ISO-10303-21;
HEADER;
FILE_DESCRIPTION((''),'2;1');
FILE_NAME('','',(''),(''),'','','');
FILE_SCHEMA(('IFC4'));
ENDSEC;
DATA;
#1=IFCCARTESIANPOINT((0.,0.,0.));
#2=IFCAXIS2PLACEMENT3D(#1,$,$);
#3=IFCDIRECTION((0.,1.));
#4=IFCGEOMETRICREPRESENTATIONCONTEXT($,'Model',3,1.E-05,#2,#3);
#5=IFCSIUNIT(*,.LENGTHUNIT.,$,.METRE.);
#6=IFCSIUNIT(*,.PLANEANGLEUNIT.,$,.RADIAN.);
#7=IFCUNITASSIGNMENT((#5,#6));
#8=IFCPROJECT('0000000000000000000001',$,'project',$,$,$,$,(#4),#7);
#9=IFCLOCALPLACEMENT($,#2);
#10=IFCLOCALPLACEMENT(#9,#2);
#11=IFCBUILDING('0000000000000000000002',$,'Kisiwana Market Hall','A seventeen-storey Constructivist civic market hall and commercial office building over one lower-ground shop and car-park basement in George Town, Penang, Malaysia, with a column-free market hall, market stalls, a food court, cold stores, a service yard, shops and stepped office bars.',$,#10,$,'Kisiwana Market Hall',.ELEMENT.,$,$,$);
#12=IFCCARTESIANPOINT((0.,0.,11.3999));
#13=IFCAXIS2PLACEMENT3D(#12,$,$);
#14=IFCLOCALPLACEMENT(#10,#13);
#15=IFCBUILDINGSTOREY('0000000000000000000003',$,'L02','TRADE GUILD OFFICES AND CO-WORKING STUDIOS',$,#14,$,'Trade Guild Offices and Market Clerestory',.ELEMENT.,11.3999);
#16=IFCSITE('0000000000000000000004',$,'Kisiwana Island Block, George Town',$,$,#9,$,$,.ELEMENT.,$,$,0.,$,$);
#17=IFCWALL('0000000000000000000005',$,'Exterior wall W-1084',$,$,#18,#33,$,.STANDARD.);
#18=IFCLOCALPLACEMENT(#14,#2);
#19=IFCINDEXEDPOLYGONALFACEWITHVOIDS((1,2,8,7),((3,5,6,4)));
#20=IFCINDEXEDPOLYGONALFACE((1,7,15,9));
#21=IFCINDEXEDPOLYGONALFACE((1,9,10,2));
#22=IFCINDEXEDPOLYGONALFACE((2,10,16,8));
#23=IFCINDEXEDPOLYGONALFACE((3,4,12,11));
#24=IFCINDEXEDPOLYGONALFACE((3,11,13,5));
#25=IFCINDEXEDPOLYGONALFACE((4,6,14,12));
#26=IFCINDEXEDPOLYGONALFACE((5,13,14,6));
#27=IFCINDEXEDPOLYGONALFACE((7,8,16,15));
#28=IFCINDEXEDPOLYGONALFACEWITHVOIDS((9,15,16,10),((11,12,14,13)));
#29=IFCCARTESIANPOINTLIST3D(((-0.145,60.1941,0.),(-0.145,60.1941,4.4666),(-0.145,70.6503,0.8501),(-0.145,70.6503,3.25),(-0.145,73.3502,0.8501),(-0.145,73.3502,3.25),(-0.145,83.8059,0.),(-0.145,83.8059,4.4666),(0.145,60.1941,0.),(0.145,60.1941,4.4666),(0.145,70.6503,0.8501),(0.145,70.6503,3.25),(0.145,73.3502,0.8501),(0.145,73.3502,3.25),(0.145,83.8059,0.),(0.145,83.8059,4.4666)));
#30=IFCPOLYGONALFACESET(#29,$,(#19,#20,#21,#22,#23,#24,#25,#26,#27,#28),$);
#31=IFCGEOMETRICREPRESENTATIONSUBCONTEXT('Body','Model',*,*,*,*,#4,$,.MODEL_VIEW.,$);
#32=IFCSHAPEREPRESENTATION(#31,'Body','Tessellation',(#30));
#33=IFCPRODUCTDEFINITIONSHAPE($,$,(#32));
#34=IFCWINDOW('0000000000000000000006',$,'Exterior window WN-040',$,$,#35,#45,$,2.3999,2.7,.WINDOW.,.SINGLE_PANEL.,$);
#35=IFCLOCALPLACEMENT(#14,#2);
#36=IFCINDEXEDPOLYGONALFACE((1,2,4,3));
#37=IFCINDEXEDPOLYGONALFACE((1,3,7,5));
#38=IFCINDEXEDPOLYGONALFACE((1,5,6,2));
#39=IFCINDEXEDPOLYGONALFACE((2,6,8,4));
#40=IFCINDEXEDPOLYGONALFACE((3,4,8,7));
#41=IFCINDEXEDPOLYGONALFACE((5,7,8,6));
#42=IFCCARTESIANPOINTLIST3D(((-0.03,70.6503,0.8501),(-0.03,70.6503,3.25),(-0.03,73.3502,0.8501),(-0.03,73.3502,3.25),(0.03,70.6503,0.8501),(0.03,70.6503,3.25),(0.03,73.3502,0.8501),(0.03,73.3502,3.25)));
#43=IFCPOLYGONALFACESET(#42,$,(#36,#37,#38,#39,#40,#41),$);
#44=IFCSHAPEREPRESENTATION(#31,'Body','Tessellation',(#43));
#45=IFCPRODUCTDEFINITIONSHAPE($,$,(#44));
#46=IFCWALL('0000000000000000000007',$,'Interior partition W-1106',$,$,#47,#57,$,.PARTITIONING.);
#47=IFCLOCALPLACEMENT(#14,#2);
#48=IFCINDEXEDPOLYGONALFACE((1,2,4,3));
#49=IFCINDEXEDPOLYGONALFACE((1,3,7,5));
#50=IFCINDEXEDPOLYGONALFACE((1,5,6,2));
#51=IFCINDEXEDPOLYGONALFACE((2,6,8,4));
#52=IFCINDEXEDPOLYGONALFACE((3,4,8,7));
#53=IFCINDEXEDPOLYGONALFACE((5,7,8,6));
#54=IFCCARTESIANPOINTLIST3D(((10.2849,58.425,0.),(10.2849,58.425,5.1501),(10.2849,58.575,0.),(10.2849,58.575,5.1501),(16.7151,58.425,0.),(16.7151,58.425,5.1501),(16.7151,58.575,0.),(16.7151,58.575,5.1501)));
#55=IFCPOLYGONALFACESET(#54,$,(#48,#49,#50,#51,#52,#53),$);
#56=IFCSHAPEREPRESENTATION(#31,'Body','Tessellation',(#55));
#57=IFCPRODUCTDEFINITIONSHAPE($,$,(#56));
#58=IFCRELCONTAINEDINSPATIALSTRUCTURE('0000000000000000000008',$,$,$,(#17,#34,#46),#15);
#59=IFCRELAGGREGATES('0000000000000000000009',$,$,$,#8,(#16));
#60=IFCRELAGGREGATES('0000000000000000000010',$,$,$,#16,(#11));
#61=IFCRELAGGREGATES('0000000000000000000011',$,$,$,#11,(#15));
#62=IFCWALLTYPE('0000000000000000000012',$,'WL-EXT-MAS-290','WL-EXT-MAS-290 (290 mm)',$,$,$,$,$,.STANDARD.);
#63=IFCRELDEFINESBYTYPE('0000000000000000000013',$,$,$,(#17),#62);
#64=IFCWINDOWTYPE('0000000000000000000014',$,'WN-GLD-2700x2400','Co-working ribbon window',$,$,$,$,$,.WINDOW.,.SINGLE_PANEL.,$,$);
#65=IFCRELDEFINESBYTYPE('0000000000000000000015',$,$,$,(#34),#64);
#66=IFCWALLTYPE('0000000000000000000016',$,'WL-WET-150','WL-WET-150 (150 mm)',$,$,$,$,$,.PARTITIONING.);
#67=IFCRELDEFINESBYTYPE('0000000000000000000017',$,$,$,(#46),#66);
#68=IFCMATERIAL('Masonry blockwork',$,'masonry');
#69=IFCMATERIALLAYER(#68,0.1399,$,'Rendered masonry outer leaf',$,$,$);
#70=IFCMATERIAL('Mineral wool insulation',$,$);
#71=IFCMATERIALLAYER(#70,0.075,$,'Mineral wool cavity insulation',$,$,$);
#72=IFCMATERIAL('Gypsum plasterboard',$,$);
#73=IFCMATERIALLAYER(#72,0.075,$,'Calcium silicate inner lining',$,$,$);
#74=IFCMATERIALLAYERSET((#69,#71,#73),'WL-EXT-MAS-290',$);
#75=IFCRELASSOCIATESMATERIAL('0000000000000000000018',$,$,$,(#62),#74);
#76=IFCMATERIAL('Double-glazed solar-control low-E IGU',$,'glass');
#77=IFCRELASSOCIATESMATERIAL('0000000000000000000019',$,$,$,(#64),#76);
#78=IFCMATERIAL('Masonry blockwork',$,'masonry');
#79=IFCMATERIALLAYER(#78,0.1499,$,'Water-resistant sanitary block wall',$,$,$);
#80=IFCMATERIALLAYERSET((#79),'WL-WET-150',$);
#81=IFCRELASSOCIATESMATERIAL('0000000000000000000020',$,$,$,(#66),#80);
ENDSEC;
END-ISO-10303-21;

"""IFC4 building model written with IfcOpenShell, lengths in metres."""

from ifc_helpers import new_model, si_unit, direction, frame, frame_2d, origin, place, context, subcontext, project, spatial, rectangle, extrude, material, layer, layer_set, type_object, element, fill, save


model = new_model("IFC4")

# Units and contexts
model_context = context("Model", 3, precision=1e-05, world=origin(), true_north=direction((0.0, 1.0)))
body_context = subcontext(model_context, "Body", "Model", "MODEL_VIEW")
ifc_project = project(units=[si_unit("LENGTHUNIT", "METRE"), si_unit("PLANEANGLEUNIT", "RADIAN")], contexts=[model_context])

# Site, building, storey
site_placement = place(None, origin())
site = spatial("IfcSite", under=ifc_project, at=site_placement, Name="Kisiwana Island Block, George Town", CompositionType="ELEMENT", RefElevation=0.0)
building_placement = place(site_placement, origin())
building = spatial("IfcBuilding", under=site, at=building_placement, Name="Kisiwana Market Hall", Description="A seventeen-storey Constructivist civic market hall and commercial office building over one lower-ground shop and car-park basement in George Town, Penang, Malaysia, with a column-free market hall, market stalls, a food court, cold stores, a service yard, shops and stepped office bars.", LongName="Kisiwana Market Hall", CompositionType="ELEMENT")
storey_placement = place(building_placement, frame((0.0, 0.0, 11.3999)))
storey = spatial("IfcBuildingStorey", under=building, at=storey_placement, Name="L02", Description="TRADE GUILD OFFICES AND CO-WORKING STUDIOS", LongName="Trade Guild Offices and Market Clerestory", CompositionType="ELEMENT", Elevation=11.3999)

# Wall, opening, window
ifc_material_1 = material(Name="Masonry blockwork", Category="masonry")
ifc_layer_1 = layer(ifc_material_1, 0.1399, Name="Rendered masonry outer leaf")
ifc_material_2 = material(Name="Mineral wool insulation")
ifc_layer_2 = layer(ifc_material_2, 0.075, Name="Mineral wool cavity insulation")
ifc_material_3 = material(Name="Gypsum plasterboard")
ifc_layer_3 = layer(ifc_material_3, 0.075, Name="Calcium silicate inner lining")
ifc_layer_set_1 = layer_set([ifc_layer_1, ifc_layer_2, ifc_layer_3], Name="WL-EXT-MAS-290")
wall_type_1 = type_object("IfcWallType", Name="WL-EXT-MAS-290", Description="WL-EXT-MAS-290 (290 mm)", PredefinedType="STANDARD", material=ifc_layer_set_1)
wall_1_placement = place(storey_placement, frame((0.0, 60.1941, 0.0), z_axis=(0.0, 0.0, 1.0), x_axis=(0.0, 1.0, 0.0)))
wall_1 = element("IfcWall", 1, at=wall_1_placement, inside=storey, type_object=wall_type_1, Name="Exterior wall W-1084", PredefinedType="STANDARD", context=body_context, shape_type="SweptSolid", body=[
    extrude(rectangle(XDim=23.6118, YDim=0.29, at=frame_2d((11.8059, 0.0))), origin(), (0.0, 0.0, 1.0), 4.4666),
])
opening_1_placement = place(wall_1_placement, frame((10.4561, 0.0, 0.8501)))
opening_1 = element("IfcOpeningElement", 2, at=opening_1_placement, cuts=wall_1, PredefinedType="OPENING", context=body_context, shape_type="SweptSolid", body=[
    extrude(rectangle(XDim=2.7, YDim=2.3999, at=frame_2d((1.3501, 1.2))), frame((0.0, 0.157, 0.0), z_axis=(0.0, -1.0, 0.0), x_axis=(1.0, 0.0, 0.0)), (0.0, 0.0, 1.0), 0.314),
])
ifc_material_4 = material(Name="Double-glazed solar-control low-E IGU", Category="glass")
window_type = type_object("IfcWindowType", Name="WN-GLD-2700x2400", Description="Co-working ribbon window", PartitioningType="SINGLE_PANEL", PredefinedType="WINDOW", material=ifc_material_4)
window_placement = place(opening_1_placement, origin())
window = element("IfcWindow", 3, at=window_placement, inside=storey, type_object=window_type, Name="Exterior window WN-040", OverallHeight=2.3999, OverallWidth=2.7, PartitioningType="SINGLE_PANEL", PredefinedType="WINDOW", context=body_context, shape_type="SweptSolid", body=[
    extrude(rectangle(XDim=2.7, YDim=2.3999, at=frame_2d((1.3501, 1.2))), frame((0.0, 0.03, 0.0), z_axis=(0.0, -1.0, 0.0), x_axis=(1.0, 0.0, 0.0)), (0.0, 0.0, 1.0), 0.0601),
])
fill(opening_1, window)

# Wall
ifc_material_5 = material(Name="Masonry blockwork", Category="masonry")
ifc_layer_4 = layer(ifc_material_5, 0.1499, Name="Water-resistant sanitary block wall")
ifc_layer_set_2 = layer_set([ifc_layer_4], Name="WL-WET-150")
wall_type_2 = type_object("IfcWallType", Name="WL-WET-150", Description="WL-WET-150 (150 mm)", PredefinedType="PARTITIONING", material=ifc_layer_set_2)
wall_2_placement = place(storey_placement, frame((10.2849, 58.5, 0.0), z_axis=(0.0, 0.0, 1.0), x_axis=(1.0, 0.0, 0.0)))
element("IfcWall", 4, at=wall_2_placement, inside=storey, type_object=wall_type_2, Name="Interior partition W-1106", PredefinedType="PARTITIONING", context=body_context, shape_type="SweptSolid", body=[
    extrude(rectangle(XDim=6.4302, YDim=0.1499, at=frame_2d((3.2151, 0.0))), origin(), (0.0, 0.0, 1.0), 5.1501),
])

save(model, "model.ifc")
